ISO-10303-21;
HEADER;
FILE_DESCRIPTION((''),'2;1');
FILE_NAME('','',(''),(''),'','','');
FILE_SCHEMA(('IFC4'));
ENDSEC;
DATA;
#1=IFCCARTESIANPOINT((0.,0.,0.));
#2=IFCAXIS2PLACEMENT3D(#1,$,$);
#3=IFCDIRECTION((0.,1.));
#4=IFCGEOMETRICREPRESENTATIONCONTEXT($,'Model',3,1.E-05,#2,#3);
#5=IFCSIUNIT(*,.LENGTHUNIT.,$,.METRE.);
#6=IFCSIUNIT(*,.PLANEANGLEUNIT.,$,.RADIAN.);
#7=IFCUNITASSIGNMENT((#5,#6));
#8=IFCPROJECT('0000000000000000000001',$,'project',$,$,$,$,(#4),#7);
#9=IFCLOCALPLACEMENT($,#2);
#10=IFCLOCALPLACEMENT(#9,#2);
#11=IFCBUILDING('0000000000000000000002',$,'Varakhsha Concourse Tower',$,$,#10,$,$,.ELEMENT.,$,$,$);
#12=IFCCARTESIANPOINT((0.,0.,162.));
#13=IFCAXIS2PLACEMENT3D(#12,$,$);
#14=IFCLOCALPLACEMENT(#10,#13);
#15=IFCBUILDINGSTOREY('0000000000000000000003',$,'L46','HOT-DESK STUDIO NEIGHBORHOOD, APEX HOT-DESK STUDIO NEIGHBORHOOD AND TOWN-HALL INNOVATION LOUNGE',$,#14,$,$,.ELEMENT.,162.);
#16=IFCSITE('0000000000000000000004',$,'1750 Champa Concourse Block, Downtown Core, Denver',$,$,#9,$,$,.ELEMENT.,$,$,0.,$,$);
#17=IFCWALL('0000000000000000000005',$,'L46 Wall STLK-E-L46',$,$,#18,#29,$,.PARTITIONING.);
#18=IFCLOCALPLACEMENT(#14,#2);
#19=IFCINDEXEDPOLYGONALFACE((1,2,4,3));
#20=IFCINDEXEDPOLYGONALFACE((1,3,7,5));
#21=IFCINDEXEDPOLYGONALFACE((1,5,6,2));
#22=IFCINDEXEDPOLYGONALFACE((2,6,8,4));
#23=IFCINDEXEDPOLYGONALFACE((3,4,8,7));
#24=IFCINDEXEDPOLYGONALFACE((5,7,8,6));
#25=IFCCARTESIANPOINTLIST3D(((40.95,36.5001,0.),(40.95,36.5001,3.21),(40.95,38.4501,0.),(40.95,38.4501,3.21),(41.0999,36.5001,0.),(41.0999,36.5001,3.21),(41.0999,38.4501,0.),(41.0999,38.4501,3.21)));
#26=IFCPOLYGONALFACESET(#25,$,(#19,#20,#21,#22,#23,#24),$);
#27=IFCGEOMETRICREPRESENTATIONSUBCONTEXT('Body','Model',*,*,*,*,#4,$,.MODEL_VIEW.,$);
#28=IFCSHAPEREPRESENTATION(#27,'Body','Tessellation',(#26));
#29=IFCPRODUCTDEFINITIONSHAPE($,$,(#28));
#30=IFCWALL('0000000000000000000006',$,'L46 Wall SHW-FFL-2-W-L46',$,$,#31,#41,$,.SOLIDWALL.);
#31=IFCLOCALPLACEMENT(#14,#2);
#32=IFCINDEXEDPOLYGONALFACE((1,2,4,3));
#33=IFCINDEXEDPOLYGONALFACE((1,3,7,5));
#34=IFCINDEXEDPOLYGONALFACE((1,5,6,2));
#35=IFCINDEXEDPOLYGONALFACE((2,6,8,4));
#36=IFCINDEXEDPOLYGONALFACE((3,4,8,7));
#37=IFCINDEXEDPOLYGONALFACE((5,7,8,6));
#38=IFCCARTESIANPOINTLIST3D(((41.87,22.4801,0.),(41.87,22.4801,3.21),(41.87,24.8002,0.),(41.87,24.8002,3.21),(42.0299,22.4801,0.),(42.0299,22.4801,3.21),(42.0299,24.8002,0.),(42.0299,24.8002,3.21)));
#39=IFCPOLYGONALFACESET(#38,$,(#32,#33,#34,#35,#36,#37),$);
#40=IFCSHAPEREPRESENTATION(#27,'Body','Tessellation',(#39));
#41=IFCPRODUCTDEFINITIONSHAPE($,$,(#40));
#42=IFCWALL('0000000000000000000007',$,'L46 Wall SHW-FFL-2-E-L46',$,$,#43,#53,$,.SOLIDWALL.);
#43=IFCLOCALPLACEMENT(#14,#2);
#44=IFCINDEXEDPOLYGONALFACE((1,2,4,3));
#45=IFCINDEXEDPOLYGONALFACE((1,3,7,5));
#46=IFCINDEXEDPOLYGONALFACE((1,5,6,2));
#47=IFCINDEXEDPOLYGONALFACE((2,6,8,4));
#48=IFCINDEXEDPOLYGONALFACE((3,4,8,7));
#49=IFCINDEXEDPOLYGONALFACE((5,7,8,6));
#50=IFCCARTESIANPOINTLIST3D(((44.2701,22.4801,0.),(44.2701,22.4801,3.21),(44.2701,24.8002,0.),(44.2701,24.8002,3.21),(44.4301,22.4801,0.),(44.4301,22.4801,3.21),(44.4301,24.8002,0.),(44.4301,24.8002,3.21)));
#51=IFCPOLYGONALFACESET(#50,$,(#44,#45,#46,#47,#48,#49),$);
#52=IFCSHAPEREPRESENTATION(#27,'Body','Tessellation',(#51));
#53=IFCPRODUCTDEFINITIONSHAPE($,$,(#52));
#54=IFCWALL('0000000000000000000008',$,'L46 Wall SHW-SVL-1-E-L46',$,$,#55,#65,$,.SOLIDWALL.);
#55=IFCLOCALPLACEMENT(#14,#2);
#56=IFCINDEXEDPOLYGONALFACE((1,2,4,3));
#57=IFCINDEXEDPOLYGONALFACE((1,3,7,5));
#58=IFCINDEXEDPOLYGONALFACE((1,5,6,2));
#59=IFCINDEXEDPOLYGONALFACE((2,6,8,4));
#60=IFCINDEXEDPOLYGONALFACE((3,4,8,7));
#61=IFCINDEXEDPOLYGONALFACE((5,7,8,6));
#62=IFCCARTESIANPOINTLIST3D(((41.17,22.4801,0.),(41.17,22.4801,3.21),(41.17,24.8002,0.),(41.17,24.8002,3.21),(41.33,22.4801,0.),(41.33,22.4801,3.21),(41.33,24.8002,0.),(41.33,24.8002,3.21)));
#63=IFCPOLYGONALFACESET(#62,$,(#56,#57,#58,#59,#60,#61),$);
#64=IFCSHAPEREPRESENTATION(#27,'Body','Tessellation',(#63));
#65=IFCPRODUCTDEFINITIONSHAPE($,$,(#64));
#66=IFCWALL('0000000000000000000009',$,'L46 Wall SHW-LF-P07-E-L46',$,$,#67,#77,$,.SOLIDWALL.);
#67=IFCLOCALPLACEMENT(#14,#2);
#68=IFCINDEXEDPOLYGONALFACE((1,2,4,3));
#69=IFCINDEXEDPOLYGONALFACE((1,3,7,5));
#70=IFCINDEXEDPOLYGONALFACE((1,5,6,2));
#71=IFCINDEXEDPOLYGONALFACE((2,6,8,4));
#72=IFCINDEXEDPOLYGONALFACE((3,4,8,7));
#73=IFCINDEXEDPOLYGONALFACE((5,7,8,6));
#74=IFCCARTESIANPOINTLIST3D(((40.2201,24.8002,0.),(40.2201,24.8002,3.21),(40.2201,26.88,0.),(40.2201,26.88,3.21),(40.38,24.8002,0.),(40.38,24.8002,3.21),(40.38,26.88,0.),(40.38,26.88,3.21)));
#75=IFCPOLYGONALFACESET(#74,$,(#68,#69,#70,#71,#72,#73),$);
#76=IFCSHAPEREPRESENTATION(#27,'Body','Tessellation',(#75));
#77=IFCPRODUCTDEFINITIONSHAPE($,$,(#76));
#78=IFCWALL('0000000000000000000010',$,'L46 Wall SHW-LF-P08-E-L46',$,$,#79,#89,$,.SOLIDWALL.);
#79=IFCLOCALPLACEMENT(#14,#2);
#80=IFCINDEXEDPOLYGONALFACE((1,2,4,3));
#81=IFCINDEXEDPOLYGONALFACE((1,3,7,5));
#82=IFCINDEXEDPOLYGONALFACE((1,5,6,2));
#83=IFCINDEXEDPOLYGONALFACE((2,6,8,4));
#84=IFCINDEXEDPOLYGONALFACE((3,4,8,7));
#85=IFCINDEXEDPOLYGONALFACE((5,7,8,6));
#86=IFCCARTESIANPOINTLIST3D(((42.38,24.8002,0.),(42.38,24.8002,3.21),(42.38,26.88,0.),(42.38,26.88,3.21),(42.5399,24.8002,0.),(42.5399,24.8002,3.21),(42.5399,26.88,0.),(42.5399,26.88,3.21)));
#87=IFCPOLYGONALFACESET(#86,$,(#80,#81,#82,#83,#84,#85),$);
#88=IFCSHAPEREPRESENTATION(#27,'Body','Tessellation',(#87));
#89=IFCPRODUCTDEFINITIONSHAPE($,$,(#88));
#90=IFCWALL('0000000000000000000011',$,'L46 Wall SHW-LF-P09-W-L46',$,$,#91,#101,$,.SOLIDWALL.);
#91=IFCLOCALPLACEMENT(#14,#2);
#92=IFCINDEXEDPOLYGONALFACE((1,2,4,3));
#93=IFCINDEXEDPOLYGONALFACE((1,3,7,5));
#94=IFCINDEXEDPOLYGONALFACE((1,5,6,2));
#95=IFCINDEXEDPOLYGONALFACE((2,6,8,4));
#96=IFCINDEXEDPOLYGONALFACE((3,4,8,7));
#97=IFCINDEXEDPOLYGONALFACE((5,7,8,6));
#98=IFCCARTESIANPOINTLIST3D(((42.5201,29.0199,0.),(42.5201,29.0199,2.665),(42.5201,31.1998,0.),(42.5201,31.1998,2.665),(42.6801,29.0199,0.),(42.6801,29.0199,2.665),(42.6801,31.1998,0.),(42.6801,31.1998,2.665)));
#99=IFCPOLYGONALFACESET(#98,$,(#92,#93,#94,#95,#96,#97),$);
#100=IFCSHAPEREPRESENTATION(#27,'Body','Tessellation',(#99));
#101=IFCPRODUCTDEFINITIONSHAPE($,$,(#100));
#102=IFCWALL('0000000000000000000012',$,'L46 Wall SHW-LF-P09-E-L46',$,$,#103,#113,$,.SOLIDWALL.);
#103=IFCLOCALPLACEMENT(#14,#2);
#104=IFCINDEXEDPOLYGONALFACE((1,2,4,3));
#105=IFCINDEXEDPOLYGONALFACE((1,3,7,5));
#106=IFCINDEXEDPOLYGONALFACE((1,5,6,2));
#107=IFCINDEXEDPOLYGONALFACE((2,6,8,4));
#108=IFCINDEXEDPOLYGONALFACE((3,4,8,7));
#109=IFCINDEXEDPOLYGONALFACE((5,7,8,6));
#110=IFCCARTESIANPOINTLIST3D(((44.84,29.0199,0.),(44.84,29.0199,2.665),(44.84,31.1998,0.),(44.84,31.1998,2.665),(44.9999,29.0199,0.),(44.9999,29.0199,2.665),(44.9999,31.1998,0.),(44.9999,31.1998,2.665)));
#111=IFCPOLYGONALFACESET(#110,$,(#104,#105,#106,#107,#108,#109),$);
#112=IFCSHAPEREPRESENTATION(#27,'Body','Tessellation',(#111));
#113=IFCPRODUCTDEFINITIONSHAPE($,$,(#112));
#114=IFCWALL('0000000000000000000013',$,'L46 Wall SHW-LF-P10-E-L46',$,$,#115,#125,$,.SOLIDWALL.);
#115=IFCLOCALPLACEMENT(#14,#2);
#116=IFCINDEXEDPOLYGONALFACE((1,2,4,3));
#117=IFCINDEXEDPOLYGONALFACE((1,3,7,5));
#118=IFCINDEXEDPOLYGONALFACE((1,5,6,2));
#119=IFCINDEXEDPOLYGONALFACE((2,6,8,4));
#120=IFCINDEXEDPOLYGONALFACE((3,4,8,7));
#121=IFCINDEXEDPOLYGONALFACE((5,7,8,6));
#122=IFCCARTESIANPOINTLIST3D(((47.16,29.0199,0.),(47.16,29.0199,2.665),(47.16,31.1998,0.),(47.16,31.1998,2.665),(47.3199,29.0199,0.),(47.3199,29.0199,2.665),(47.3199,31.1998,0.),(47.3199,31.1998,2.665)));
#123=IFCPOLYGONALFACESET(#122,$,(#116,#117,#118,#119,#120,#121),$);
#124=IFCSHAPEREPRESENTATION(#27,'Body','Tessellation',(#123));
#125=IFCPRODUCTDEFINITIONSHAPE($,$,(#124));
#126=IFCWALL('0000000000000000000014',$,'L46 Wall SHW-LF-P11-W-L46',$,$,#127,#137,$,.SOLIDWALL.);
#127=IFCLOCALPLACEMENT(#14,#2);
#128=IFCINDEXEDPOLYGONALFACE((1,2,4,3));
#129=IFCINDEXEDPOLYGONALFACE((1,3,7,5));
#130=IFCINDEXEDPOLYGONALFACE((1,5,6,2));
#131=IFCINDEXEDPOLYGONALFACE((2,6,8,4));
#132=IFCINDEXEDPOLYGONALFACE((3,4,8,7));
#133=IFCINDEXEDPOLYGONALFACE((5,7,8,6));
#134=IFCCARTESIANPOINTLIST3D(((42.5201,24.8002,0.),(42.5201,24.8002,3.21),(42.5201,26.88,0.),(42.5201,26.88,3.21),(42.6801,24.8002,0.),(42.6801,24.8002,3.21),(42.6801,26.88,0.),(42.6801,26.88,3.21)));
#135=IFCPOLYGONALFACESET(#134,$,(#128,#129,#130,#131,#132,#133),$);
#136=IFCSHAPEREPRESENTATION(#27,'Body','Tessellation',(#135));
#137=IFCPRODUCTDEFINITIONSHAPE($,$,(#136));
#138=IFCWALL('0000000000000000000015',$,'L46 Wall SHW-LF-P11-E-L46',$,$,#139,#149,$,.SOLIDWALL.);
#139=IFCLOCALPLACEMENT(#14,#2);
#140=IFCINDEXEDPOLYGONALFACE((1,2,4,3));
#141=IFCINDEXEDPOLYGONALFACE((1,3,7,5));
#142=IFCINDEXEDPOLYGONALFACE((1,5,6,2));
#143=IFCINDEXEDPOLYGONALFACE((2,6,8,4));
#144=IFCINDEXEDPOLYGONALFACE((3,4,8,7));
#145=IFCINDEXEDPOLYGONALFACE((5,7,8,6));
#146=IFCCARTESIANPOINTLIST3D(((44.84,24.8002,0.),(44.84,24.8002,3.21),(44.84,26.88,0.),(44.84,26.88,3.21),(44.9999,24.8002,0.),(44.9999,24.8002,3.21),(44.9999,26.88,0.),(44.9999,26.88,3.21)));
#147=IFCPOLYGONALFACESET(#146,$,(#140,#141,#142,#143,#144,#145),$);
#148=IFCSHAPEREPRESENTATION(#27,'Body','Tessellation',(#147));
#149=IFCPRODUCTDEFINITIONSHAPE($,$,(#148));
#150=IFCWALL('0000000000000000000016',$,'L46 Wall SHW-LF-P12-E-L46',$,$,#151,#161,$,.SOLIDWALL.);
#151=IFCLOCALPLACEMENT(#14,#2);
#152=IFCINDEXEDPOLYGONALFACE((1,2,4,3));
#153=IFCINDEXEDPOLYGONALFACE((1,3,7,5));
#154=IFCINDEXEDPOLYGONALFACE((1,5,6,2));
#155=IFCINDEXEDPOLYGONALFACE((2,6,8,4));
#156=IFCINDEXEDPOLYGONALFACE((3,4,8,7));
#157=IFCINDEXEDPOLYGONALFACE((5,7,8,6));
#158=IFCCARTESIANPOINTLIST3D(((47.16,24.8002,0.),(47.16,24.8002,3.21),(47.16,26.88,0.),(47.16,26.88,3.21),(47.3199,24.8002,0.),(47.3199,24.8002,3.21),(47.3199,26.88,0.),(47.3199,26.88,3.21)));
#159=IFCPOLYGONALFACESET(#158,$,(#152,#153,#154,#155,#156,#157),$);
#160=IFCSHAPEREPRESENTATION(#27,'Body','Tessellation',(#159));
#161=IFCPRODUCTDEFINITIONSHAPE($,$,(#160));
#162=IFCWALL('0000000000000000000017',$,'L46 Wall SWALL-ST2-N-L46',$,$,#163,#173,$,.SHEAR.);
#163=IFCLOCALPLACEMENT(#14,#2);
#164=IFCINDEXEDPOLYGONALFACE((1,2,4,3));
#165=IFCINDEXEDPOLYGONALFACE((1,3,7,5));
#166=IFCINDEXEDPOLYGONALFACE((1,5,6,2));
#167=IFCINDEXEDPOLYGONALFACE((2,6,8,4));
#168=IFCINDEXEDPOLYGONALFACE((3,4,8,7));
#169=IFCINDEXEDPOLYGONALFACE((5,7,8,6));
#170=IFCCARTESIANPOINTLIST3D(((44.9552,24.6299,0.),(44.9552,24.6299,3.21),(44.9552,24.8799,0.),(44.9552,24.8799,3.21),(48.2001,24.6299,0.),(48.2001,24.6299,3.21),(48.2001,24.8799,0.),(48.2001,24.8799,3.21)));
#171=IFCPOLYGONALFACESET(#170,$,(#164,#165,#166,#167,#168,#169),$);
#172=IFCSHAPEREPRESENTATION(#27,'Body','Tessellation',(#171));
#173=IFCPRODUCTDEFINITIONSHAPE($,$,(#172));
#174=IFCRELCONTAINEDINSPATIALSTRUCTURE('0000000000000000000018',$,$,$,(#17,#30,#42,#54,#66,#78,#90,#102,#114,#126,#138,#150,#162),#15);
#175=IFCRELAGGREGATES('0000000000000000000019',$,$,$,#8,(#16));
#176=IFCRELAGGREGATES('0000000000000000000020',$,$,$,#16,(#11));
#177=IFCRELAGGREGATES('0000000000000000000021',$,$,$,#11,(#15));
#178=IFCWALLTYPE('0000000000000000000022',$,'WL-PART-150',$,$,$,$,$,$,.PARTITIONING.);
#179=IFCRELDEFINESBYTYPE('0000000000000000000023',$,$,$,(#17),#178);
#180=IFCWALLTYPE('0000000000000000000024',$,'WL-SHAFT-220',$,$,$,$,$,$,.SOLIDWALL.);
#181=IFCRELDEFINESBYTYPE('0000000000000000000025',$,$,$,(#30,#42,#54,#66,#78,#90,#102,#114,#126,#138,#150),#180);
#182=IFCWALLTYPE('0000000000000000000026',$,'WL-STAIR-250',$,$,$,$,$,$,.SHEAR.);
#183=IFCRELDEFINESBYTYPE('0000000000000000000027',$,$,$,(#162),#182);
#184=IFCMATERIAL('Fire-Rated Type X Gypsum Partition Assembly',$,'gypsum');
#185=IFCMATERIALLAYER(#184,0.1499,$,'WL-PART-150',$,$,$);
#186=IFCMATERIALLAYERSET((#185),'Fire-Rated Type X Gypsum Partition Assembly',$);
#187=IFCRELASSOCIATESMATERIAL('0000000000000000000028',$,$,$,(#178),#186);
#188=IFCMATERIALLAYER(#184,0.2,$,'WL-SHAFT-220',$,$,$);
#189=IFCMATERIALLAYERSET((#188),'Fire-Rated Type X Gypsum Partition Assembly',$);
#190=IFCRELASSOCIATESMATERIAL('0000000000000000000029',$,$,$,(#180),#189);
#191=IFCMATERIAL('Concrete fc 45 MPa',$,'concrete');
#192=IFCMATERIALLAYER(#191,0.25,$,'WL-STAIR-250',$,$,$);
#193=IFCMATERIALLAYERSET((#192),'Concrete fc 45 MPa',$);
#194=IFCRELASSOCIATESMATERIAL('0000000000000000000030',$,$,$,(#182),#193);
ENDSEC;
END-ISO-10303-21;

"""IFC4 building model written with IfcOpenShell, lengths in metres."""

from ifc_helpers import new_model, si_unit, direction, frame, frame_2d, origin, place, context, subcontext, project, spatial, rectangle, extrude, material, layer, layer_set, type_object, element, save


model = new_model("IFC4")

# Units and contexts
model_context = context("Model", 3, precision=1e-05, world=origin(), true_north=direction((0.0, 1.0)))
body_context = subcontext(model_context, "Body", "Model", "MODEL_VIEW")
ifc_project = project(units=[si_unit("LENGTHUNIT", "METRE"), si_unit("PLANEANGLEUNIT", "RADIAN")], contexts=[model_context])

# Site, building, storey
site_placement = place(None, origin())
site = spatial("IfcSite", under=ifc_project, at=site_placement, Name="1750 Champa Concourse Block, Downtown Core, Denver", CompositionType="ELEMENT", RefElevation=0.0)
building_placement = place(site_placement, origin())
building = spatial("IfcBuilding", under=site, at=building_placement, Name="Varakhsha Concourse Tower", CompositionType="ELEMENT")
storey_placement = place(building_placement, frame((0.0, 0.0, 162.0)))
storey = spatial("IfcBuildingStorey", under=building, at=storey_placement, Name="L46", Description="HOT-DESK STUDIO NEIGHBORHOOD, APEX HOT-DESK STUDIO NEIGHBORHOOD AND TOWN-HALL INNOVATION LOUNGE", CompositionType="ELEMENT", Elevation=162.0)

# Shared definitions
ifc_material_1 = material(Name="Fire-Rated Type X Gypsum Partition Assembly", Category="gypsum")
ifc_layer_1 = layer(ifc_material_1, 0.1499, Name="WL-PART-150")
ifc_layer_set_1 = layer_set([ifc_layer_1], Name="Fire-Rated Type X Gypsum Partition Assembly")
wall_type_1 = type_object("IfcWallType", Name="WL-PART-150", PredefinedType="PARTITIONING", material=ifc_layer_set_1)

# Walls
wall_1_placement = place(storey_placement, frame((41.0249, 36.5, 0.0), z_axis=(0.0, 0.0, 1.0), x_axis=(0.0, 1.0, 0.0)))
element("IfcWall", 1, at=wall_1_placement, inside=storey, type_object=wall_type_1, Name="L46 Wall STLK-E-L46", PredefinedType="PARTITIONING", context=body_context, shape_type="SweptSolid", body=[
    extrude(rectangle(XDim=1.95, YDim=0.1499, at=frame_2d((0.9751, 0.0))), origin(), (0.0, 0.0, 1.0), 3.21),
])
ifc_layer_2 = layer(ifc_material_1, 0.2, Name="WL-SHAFT-220")
ifc_layer_set_2 = layer_set([ifc_layer_2], Name="Fire-Rated Type X Gypsum Partition Assembly")
wall_type_2 = type_object("IfcWallType", Name="WL-SHAFT-220", PredefinedType="SOLIDWALL", material=ifc_layer_set_2)
for number, where, z_axis, x_axis, name in (
    (2, (41.95, 22.48, 0.0), (0.0, 0.0, 1.0), (0.0, 1.0, 0.0), "L46 Wall SHW-FFL-2-W-L46"),
    (3, (44.3501, 22.48, 0.0), (0.0, 0.0, 1.0), (0.0, 1.0, 0.0), "L46 Wall SHW-FFL-2-E-L46"),
    (4, (41.25, 22.48, 0.0), (0.0, 0.0, 1.0), (0.0, 1.0, 0.0), "L46 Wall SHW-SVL-1-E-L46"),
):
    element("IfcWall", number, at=place(storey_placement, frame(where, z_axis=z_axis, x_axis=x_axis)), inside=storey, type_object=wall_type_2, Name=name, PredefinedType="SOLIDWALL", context=body_context, shape_type="SweptSolid", body=[
        extrude(rectangle(XDim=2.3201, YDim=0.1599, at=frame_2d((1.1602, 0.0))), origin(), (0.0, 0.0, 1.0), 3.21),
    ])
for number, where, z_axis, x_axis, name in (
    (5, (40.3, 24.8, 0.0), (0.0, 0.0, 1.0), (0.0, 1.0, 0.0), "L46 Wall SHW-LF-P07-E-L46"),
    (6, (42.46, 24.8, 0.0), (0.0, 0.0, 1.0), (0.0, 1.0, 0.0), "L46 Wall SHW-LF-P08-E-L46"),
):
    element("IfcWall", number, at=place(storey_placement, frame(where, z_axis=z_axis, x_axis=x_axis)), inside=storey, type_object=wall_type_2, Name=name, PredefinedType="SOLIDWALL", context=body_context, shape_type="SweptSolid", body=[
        extrude(rectangle(XDim=2.0798, YDim=0.1599, at=frame_2d((1.04, 0.0))), origin(), (0.0, 0.0, 1.0), 3.21),
    ])
for number, where, z_axis, x_axis, name in (
    (7, (42.6001, 29.02, 0.0), (0.0, 0.0, 1.0), (0.0, 1.0, 0.0), "L46 Wall SHW-LF-P09-W-L46"),
    (8, (44.9199, 29.02, 0.0), (0.0, 0.0, 1.0), (0.0, 1.0, 0.0), "L46 Wall SHW-LF-P09-E-L46"),
    (9, (47.24, 29.02, 0.0), (0.0, 0.0, 1.0), (0.0, 1.0, 0.0), "L46 Wall SHW-LF-P10-E-L46"),
):
    element("IfcWall", number, at=place(storey_placement, frame(where, z_axis=z_axis, x_axis=x_axis)), inside=storey, type_object=wall_type_2, Name=name, PredefinedType="SOLIDWALL", context=body_context, shape_type="SweptSolid", body=[
        extrude(rectangle(XDim=2.1799, YDim=0.1599, at=frame_2d((1.0898, 0.0))), origin(), (0.0, 0.0, 1.0), 2.665),
    ])
for number, where, z_axis, x_axis, name in (
    (10, (42.6001, 24.8, 0.0), (0.0, 0.0, 1.0), (0.0, 1.0, 0.0), "L46 Wall SHW-LF-P11-W-L46"),
    (11, (44.9199, 24.8, 0.0), (0.0, 0.0, 1.0), (0.0, 1.0, 0.0), "L46 Wall SHW-LF-P11-E-L46"),
    (12, (47.24, 24.8, 0.0), (0.0, 0.0, 1.0), (0.0, 1.0, 0.0), "L46 Wall SHW-LF-P12-E-L46"),
):
    element("IfcWall", number, at=place(storey_placement, frame(where, z_axis=z_axis, x_axis=x_axis)), inside=storey, type_object=wall_type_2, Name=name, PredefinedType="SOLIDWALL", context=body_context, shape_type="SweptSolid", body=[
        extrude(rectangle(XDim=2.0798, YDim=0.1599, at=frame_2d((1.04, 0.0))), origin(), (0.0, 0.0, 1.0), 3.21),
    ])
ifc_material_2 = material(Name="Concrete fc 45 MPa", Category="concrete")
ifc_layer_3 = layer(ifc_material_2, 0.25, Name="WL-STAIR-250")
ifc_layer_set_3 = layer_set([ifc_layer_3], Name="Concrete fc 45 MPa")
wall_type_3 = type_object("IfcWallType", Name="WL-STAIR-250", PredefinedType="SHEAR", material=ifc_layer_set_3)
wall_2_placement = place(storey_placement, frame((44.9551, 24.7549, 0.0), z_axis=(0.0, 0.0, 1.0), x_axis=(1.0, 0.0, 0.0)))
element("IfcWall", 13, at=wall_2_placement, inside=storey, type_object=wall_type_3, Name="L46 Wall SWALL-ST2-N-L46", PredefinedType="SHEAR", context=body_context, shape_type="SweptSolid", body=[
    extrude(rectangle(XDim=3.2449, YDim=0.25, at=frame_2d((1.6226, 0.0))), origin(), (0.0, 0.0, 1.0), 3.21),
])

save(model, "model.ifc")
